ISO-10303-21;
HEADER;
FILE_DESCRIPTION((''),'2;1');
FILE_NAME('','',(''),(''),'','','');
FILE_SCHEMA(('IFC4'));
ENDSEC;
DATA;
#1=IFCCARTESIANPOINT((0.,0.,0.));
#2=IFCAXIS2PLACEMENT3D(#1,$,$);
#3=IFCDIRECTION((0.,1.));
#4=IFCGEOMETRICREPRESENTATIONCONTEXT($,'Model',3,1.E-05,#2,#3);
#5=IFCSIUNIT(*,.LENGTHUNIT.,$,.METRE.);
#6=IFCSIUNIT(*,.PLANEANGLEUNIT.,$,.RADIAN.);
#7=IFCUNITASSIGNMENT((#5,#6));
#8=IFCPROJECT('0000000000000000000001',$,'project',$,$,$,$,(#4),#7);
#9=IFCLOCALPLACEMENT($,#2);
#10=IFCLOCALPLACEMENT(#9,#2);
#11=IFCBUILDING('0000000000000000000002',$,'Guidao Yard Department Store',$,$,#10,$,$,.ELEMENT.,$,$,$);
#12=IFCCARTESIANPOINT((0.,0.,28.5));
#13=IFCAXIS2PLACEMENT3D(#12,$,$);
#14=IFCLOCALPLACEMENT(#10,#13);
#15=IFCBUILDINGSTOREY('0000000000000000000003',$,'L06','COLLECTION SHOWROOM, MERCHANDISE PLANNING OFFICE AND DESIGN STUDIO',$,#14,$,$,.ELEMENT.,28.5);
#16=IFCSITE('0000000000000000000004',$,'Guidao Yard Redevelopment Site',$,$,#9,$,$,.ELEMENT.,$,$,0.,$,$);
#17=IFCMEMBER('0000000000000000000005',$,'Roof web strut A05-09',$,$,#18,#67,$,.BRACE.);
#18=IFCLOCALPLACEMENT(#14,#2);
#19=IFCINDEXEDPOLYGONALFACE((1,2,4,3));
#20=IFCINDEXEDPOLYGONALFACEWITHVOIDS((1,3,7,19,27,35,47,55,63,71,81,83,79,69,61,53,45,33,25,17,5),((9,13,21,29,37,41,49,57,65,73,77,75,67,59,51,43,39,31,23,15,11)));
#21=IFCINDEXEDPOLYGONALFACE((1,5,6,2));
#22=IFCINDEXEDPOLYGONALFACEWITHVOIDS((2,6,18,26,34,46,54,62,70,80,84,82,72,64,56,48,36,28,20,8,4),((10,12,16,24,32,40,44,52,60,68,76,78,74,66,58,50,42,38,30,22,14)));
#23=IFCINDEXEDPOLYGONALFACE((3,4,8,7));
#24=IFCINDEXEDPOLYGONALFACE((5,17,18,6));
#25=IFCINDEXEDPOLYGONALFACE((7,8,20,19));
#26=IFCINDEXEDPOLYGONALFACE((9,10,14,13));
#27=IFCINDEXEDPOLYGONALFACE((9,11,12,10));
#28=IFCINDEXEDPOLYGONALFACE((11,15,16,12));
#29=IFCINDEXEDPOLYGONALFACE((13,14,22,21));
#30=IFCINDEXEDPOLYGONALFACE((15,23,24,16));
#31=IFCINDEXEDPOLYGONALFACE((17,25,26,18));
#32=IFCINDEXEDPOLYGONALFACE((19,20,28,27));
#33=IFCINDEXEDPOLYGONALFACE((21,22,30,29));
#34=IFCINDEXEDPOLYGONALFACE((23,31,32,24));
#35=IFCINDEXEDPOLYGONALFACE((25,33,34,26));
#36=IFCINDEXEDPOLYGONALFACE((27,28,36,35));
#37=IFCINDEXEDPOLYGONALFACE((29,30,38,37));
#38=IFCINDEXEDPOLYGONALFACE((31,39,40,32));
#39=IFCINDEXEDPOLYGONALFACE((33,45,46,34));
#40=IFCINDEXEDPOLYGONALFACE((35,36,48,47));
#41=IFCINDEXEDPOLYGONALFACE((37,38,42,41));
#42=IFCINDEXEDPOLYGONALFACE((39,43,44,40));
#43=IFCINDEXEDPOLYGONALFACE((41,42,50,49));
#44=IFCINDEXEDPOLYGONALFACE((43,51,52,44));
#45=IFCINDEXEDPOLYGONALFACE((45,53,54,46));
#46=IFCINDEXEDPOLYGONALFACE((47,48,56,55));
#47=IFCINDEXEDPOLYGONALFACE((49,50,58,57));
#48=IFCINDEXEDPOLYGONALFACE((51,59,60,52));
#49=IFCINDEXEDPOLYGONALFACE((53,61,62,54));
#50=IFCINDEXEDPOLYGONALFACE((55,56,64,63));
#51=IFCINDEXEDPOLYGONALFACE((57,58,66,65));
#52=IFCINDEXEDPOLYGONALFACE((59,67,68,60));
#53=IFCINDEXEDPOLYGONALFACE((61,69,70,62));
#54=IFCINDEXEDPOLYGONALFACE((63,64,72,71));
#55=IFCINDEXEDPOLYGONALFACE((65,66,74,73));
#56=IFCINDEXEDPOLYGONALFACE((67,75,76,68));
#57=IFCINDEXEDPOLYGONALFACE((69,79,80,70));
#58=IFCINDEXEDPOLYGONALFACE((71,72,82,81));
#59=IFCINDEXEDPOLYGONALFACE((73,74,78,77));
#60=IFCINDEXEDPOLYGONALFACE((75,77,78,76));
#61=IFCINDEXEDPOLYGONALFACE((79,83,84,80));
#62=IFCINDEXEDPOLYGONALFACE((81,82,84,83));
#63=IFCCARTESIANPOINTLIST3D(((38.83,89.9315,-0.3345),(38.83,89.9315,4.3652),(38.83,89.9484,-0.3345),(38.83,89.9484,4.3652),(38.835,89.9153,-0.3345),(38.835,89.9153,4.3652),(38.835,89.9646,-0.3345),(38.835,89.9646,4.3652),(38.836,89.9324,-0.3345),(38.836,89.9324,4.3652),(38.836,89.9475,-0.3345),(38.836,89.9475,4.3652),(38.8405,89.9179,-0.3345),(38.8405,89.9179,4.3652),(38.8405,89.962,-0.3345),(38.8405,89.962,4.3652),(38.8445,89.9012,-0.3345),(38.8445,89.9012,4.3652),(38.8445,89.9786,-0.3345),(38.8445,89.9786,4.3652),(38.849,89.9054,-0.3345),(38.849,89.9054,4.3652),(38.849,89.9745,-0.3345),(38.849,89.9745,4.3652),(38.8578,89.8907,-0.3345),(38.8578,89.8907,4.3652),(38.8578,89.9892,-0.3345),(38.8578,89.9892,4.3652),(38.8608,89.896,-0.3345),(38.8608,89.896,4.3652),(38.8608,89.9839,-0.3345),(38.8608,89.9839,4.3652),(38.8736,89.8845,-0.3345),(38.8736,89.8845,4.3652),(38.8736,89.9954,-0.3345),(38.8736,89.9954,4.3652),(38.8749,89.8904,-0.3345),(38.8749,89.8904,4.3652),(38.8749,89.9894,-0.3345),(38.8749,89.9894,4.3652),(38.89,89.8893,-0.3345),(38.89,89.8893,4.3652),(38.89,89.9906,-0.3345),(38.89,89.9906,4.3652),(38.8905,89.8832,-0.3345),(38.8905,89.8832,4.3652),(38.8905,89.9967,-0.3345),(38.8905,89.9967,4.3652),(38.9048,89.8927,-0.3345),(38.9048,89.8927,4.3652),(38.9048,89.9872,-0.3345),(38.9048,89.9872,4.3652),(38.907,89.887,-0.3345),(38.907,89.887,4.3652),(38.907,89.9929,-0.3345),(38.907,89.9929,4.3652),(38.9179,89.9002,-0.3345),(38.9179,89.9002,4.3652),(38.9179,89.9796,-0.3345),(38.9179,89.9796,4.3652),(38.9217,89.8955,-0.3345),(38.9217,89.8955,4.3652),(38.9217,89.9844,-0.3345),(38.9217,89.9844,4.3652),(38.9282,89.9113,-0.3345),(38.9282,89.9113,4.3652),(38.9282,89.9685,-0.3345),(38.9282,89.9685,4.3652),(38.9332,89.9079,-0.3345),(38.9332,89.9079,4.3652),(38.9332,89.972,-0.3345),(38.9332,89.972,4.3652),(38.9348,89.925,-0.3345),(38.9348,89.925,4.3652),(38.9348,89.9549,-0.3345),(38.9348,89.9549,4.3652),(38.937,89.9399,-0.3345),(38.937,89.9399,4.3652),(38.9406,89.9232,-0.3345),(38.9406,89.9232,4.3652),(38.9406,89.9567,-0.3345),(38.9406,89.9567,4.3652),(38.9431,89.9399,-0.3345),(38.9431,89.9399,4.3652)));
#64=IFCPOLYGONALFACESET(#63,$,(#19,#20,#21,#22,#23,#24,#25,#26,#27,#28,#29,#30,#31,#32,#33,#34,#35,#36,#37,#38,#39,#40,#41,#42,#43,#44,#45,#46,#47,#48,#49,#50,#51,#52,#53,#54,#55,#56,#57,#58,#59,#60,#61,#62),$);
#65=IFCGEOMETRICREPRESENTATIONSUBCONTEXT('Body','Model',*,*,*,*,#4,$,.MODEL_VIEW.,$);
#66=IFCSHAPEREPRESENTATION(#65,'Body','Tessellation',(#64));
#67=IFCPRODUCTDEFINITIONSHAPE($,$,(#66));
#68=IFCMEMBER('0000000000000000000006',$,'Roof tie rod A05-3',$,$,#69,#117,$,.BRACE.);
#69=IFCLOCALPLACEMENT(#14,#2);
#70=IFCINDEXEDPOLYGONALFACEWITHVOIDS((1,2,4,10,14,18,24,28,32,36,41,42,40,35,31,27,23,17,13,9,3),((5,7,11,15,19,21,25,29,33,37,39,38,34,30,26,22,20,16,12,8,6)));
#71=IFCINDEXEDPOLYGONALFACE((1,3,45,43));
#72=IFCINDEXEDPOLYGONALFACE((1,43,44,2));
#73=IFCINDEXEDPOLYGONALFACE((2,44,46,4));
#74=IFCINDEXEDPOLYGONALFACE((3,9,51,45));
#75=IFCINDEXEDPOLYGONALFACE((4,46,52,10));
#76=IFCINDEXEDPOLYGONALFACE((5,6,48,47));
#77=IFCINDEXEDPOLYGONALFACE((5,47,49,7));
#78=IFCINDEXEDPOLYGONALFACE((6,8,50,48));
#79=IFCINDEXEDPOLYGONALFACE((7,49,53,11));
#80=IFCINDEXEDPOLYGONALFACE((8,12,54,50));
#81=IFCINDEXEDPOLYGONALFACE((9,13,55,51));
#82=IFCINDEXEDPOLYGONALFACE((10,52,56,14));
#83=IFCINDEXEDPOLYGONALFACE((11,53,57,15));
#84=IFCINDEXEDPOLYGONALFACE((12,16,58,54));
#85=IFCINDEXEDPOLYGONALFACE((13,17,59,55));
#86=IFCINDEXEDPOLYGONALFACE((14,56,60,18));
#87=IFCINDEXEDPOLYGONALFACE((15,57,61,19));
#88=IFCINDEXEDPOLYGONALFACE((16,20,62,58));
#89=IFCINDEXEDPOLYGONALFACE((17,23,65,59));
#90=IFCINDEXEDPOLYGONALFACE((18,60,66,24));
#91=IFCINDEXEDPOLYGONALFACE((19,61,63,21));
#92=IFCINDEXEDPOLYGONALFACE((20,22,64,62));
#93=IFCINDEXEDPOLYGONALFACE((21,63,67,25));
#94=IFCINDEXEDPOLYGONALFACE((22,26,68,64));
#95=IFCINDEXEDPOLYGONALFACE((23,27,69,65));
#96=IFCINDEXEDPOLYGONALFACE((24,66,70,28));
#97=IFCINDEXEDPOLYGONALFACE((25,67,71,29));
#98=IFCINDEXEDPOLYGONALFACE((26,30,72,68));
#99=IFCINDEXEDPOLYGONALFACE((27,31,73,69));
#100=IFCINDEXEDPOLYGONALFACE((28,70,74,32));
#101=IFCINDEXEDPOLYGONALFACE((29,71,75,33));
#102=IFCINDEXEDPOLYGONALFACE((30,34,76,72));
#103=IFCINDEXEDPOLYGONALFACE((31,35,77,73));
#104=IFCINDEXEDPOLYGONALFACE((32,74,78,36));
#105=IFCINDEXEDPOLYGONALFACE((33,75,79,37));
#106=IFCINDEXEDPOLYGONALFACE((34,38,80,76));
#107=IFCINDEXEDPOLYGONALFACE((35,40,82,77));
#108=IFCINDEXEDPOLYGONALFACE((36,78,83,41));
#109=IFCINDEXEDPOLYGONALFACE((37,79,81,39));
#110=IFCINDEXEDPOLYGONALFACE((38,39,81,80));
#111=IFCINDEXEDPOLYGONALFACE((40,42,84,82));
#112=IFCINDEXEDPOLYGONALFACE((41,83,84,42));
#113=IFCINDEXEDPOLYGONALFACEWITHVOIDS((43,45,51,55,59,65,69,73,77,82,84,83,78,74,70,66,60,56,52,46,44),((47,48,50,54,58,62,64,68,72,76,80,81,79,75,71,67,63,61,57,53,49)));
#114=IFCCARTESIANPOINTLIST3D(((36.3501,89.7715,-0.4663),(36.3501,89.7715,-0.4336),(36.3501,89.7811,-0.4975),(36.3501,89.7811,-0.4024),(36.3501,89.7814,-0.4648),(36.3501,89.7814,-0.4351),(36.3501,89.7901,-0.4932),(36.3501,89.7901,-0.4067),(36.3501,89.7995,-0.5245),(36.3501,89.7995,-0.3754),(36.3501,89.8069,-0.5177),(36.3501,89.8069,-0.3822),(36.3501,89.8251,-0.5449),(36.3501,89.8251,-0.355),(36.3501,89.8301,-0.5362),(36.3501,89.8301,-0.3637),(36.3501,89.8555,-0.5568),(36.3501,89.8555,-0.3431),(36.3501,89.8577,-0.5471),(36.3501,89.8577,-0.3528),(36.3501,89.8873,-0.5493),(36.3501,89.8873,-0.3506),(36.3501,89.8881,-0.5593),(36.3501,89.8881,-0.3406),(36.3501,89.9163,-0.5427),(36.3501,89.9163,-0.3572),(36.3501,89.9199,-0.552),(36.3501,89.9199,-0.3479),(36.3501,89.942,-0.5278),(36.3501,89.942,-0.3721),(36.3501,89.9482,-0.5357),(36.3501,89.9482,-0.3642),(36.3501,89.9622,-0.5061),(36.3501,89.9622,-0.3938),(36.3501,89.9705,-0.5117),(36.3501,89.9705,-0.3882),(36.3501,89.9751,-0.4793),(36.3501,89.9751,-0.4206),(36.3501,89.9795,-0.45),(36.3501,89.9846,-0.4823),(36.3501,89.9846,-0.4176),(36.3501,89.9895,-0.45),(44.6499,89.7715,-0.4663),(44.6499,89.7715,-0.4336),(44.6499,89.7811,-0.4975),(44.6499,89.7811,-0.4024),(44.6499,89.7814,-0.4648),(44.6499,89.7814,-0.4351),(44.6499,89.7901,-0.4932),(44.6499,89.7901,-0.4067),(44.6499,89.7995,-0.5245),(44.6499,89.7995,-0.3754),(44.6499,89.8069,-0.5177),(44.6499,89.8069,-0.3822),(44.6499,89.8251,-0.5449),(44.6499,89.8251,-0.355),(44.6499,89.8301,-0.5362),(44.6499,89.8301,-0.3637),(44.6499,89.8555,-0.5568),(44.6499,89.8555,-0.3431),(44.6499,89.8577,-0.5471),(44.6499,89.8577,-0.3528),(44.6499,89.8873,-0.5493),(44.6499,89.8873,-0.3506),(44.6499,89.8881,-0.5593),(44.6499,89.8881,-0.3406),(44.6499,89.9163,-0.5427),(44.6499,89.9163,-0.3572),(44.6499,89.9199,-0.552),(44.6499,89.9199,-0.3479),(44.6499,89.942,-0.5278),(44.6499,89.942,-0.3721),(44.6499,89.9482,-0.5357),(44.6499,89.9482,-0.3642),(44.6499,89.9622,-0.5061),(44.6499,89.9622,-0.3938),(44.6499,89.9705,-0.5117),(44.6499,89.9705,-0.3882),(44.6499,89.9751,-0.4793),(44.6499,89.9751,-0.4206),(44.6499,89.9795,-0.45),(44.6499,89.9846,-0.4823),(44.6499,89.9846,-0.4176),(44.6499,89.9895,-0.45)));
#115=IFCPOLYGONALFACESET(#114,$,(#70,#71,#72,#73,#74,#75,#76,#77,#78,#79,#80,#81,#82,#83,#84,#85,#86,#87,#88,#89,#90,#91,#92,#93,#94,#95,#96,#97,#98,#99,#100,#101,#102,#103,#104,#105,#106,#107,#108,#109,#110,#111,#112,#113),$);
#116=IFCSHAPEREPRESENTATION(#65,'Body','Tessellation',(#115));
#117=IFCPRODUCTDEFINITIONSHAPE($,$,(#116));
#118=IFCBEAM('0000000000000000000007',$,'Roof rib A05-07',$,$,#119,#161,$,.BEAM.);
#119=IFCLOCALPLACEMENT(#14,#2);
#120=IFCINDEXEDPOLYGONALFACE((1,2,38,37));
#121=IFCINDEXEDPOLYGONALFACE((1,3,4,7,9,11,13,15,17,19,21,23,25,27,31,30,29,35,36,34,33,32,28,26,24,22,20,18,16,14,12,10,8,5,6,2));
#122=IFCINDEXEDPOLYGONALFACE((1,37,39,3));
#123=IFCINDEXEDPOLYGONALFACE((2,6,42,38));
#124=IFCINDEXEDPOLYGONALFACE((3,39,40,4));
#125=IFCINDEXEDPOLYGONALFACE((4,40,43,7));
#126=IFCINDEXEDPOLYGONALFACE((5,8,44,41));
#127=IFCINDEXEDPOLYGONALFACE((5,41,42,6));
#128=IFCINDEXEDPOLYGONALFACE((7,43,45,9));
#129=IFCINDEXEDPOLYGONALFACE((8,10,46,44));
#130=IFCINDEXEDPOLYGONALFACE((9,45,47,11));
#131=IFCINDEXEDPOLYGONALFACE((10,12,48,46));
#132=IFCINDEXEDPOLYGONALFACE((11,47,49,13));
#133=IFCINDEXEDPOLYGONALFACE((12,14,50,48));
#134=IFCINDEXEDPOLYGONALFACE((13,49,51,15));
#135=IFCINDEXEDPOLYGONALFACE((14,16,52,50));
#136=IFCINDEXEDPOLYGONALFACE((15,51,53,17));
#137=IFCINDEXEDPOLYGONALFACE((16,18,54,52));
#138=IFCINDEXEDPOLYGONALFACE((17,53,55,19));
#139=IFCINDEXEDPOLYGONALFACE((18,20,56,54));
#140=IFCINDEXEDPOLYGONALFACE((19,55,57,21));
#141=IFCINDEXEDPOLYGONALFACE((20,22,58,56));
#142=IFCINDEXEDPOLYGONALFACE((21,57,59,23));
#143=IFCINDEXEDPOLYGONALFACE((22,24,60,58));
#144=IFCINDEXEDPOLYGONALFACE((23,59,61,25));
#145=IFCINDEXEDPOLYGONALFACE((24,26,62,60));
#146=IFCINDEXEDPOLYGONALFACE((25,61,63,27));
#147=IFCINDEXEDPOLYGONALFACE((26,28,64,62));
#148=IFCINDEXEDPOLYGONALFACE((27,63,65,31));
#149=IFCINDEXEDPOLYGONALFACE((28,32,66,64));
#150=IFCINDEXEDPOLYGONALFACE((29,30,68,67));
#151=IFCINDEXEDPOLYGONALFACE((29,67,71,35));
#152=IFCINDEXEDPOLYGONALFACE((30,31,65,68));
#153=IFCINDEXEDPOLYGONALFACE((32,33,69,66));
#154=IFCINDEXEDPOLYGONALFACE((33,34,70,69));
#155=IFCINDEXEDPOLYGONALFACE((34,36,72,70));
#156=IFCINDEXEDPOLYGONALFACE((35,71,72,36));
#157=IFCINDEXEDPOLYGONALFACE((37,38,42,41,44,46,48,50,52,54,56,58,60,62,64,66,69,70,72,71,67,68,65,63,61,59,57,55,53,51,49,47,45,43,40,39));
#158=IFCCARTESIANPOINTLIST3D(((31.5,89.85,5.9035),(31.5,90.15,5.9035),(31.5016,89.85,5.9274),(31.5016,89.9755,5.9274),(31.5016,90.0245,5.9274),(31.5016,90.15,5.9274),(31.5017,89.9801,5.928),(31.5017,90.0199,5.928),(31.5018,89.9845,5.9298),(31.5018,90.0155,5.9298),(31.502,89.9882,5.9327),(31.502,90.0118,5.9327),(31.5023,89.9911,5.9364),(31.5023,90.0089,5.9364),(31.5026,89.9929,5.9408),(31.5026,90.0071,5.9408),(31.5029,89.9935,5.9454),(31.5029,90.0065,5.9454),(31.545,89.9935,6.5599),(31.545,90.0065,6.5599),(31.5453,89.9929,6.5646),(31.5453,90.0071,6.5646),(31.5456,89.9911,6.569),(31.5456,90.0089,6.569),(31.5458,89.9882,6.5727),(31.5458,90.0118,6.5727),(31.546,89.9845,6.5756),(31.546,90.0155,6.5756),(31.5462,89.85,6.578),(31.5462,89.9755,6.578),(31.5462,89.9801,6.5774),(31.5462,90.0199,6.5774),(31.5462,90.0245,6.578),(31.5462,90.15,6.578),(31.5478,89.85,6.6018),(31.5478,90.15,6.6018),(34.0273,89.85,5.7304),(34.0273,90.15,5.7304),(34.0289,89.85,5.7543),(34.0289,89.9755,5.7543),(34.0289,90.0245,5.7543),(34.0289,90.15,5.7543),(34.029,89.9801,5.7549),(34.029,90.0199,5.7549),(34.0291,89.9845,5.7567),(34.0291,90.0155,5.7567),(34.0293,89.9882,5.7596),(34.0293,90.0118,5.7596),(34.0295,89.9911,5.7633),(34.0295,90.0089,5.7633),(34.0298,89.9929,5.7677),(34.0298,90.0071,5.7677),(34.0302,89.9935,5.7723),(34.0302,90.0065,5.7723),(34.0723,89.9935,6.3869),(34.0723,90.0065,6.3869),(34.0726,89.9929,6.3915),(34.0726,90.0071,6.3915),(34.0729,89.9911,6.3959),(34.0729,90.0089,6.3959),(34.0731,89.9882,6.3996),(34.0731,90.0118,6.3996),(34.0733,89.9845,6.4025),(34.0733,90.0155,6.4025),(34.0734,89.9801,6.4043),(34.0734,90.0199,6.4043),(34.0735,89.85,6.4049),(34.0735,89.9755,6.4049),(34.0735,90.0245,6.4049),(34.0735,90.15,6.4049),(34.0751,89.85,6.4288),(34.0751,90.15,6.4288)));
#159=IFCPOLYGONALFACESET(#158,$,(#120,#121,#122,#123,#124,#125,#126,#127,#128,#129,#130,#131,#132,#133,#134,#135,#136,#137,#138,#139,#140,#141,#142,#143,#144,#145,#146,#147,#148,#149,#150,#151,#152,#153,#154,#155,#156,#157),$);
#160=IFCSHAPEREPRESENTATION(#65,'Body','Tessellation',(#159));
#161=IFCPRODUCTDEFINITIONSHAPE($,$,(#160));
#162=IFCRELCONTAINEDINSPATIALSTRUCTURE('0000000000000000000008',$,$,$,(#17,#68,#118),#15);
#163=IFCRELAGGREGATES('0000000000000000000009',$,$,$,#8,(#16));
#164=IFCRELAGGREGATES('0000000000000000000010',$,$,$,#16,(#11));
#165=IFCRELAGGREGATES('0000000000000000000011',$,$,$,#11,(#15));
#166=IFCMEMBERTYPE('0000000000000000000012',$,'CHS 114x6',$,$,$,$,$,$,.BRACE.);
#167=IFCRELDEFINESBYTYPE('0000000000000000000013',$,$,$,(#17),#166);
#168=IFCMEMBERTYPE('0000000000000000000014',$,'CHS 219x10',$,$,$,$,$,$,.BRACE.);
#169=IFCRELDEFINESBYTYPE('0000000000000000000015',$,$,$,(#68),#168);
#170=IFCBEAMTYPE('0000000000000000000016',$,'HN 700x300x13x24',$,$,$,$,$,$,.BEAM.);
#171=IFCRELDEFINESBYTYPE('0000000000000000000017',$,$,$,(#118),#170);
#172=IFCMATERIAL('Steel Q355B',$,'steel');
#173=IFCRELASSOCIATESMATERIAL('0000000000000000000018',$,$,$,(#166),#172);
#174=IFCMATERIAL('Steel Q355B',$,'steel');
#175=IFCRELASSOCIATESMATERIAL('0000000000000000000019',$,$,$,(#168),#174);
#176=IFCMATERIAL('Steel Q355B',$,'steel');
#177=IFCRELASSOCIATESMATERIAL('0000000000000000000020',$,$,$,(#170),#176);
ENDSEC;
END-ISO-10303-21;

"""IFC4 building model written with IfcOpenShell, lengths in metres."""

from ifc_helpers import new_model, si_unit, direction, frame, origin, origin_2d, place, context, subcontext, project, spatial, hollow_circle, i_section, extrude, material, material_profile, profile_set, type_object, element, save


model = new_model("IFC4")

# Units and contexts
model_context = context("Model", 3, precision=1e-05, world=origin(), true_north=direction((0.0, 1.0)))
body_context = subcontext(model_context, "Body", "Model", "MODEL_VIEW")
ifc_project = project(units=[si_unit("LENGTHUNIT", "METRE"), si_unit("PLANEANGLEUNIT", "RADIAN")], contexts=[model_context])

# Site, building, storey
site_placement = place(None, origin())
site = spatial("IfcSite", under=ifc_project, at=site_placement, Name="Guidao Yard Redevelopment Site", CompositionType="ELEMENT", RefElevation=0.0)
building_placement = place(site_placement, origin())
building = spatial("IfcBuilding", under=site, at=building_placement, Name="Guidao Yard Department Store", CompositionType="ELEMENT")
storey_placement = place(building_placement, frame((0.0, 0.0, 28.5)))
storey = spatial("IfcBuildingStorey", under=building, at=storey_placement, Name="L06", Description="COLLECTION SHOWROOM, MERCHANDISE PLANNING OFFICE AND DESIGN STUDIO", CompositionType="ELEMENT", Elevation=28.5)

# Members
ifc_material_1 = material(Name="Steel Q355B", Category="steel")
ifc_material_profile_1 = material_profile(ifc_material_1, hollow_circle(Radius=0.0569, WallThickness=0.0061, at=origin_2d()), Name="CHS 114x6")
ifc_profile_set_1 = profile_set([ifc_material_profile_1], Name="Steel Q355B")
member_type_1 = type_object("IfcMemberType", Name="CHS 114x6", PredefinedType="BRACE", material=ifc_profile_set_1)
member_1_placement = place(storey_placement, frame((38.8862, 89.9399, -0.3345), z_axis=(0.0, 0.0, 1.0), x_axis=(1.0, 0.0, 0.0)))
element("IfcMember", 1, at=member_1_placement, inside=storey, type_object=member_type_1, Name="Roof web strut A05-09", PredefinedType="BRACE", context=body_context, shape_type="SweptSolid", body=[
    extrude(hollow_circle(Radius=0.0569, WallThickness=0.0061, at=origin_2d()), origin(), (0.0, 0.0, 1.0), 4.6997),
])
ifc_material_2 = material(Name="Steel Q355B", Category="steel")
ifc_material_profile_2 = material_profile(ifc_material_2, hollow_circle(Radius=0.1096, WallThickness=0.01, at=origin_2d()), Name="CHS 219x10")
ifc_profile_set_2 = profile_set([ifc_material_profile_2], Name="Steel Q355B")
member_type_2 = type_object("IfcMemberType", Name="CHS 219x10", PredefinedType="BRACE", material=ifc_profile_set_2)
member_2_placement = place(storey_placement, frame((36.3501, 89.8799, -0.45), z_axis=(1.0, 0.0, 0.0), x_axis=(0.0, 1.0, 0.0)))
element("IfcMember", 2, at=member_2_placement, inside=storey, type_object=member_type_2, Name="Roof tie rod A05-3", PredefinedType="BRACE", context=body_context, shape_type="SweptSolid", body=[
    extrude(hollow_circle(Radius=0.1096, WallThickness=0.01, at=origin_2d()), origin(), (0.0, 0.0, 1.0), 8.2998),
])

# Beam
ifc_material_3 = material(Name="Steel Q355B", Category="steel")
ifc_material_profile_3 = material_profile(ifc_material_3, i_section(OverallWidth=0.3, OverallDepth=0.7, WebThickness=0.0129, FlangeThickness=0.0239, FilletRadius=0.0181, at=origin_2d()), Name="HN 700x300x13x24")
ifc_profile_set_3 = profile_set([ifc_material_profile_3], Name="Steel Q355B")
beam_type = type_object("IfcBeamType", Name="HN 700x300x13x24", PredefinedType="BEAM", material=ifc_profile_set_3)
beam_1_placement = place(storey_placement, frame((31.5239, 90.0, 6.2527), z_axis=(0.997663, 0.0, -0.068329), x_axis=(0.0, 1.0, 0.0)))
element("IfcBeam", 3, at=beam_1_placement, inside=storey, type_object=beam_type, Name="Roof rib A05-07", PredefinedType="BEAM", context=body_context, shape_type="SweptSolid", body=[
    extrude(i_section(OverallWidth=0.3, OverallDepth=0.7, WebThickness=0.0129, FlangeThickness=0.0239, FilletRadius=0.0181, at=origin_2d()), origin(), (0.0, 0.0, 1.0), 2.5332),
])

save(model, "model.ifc")
